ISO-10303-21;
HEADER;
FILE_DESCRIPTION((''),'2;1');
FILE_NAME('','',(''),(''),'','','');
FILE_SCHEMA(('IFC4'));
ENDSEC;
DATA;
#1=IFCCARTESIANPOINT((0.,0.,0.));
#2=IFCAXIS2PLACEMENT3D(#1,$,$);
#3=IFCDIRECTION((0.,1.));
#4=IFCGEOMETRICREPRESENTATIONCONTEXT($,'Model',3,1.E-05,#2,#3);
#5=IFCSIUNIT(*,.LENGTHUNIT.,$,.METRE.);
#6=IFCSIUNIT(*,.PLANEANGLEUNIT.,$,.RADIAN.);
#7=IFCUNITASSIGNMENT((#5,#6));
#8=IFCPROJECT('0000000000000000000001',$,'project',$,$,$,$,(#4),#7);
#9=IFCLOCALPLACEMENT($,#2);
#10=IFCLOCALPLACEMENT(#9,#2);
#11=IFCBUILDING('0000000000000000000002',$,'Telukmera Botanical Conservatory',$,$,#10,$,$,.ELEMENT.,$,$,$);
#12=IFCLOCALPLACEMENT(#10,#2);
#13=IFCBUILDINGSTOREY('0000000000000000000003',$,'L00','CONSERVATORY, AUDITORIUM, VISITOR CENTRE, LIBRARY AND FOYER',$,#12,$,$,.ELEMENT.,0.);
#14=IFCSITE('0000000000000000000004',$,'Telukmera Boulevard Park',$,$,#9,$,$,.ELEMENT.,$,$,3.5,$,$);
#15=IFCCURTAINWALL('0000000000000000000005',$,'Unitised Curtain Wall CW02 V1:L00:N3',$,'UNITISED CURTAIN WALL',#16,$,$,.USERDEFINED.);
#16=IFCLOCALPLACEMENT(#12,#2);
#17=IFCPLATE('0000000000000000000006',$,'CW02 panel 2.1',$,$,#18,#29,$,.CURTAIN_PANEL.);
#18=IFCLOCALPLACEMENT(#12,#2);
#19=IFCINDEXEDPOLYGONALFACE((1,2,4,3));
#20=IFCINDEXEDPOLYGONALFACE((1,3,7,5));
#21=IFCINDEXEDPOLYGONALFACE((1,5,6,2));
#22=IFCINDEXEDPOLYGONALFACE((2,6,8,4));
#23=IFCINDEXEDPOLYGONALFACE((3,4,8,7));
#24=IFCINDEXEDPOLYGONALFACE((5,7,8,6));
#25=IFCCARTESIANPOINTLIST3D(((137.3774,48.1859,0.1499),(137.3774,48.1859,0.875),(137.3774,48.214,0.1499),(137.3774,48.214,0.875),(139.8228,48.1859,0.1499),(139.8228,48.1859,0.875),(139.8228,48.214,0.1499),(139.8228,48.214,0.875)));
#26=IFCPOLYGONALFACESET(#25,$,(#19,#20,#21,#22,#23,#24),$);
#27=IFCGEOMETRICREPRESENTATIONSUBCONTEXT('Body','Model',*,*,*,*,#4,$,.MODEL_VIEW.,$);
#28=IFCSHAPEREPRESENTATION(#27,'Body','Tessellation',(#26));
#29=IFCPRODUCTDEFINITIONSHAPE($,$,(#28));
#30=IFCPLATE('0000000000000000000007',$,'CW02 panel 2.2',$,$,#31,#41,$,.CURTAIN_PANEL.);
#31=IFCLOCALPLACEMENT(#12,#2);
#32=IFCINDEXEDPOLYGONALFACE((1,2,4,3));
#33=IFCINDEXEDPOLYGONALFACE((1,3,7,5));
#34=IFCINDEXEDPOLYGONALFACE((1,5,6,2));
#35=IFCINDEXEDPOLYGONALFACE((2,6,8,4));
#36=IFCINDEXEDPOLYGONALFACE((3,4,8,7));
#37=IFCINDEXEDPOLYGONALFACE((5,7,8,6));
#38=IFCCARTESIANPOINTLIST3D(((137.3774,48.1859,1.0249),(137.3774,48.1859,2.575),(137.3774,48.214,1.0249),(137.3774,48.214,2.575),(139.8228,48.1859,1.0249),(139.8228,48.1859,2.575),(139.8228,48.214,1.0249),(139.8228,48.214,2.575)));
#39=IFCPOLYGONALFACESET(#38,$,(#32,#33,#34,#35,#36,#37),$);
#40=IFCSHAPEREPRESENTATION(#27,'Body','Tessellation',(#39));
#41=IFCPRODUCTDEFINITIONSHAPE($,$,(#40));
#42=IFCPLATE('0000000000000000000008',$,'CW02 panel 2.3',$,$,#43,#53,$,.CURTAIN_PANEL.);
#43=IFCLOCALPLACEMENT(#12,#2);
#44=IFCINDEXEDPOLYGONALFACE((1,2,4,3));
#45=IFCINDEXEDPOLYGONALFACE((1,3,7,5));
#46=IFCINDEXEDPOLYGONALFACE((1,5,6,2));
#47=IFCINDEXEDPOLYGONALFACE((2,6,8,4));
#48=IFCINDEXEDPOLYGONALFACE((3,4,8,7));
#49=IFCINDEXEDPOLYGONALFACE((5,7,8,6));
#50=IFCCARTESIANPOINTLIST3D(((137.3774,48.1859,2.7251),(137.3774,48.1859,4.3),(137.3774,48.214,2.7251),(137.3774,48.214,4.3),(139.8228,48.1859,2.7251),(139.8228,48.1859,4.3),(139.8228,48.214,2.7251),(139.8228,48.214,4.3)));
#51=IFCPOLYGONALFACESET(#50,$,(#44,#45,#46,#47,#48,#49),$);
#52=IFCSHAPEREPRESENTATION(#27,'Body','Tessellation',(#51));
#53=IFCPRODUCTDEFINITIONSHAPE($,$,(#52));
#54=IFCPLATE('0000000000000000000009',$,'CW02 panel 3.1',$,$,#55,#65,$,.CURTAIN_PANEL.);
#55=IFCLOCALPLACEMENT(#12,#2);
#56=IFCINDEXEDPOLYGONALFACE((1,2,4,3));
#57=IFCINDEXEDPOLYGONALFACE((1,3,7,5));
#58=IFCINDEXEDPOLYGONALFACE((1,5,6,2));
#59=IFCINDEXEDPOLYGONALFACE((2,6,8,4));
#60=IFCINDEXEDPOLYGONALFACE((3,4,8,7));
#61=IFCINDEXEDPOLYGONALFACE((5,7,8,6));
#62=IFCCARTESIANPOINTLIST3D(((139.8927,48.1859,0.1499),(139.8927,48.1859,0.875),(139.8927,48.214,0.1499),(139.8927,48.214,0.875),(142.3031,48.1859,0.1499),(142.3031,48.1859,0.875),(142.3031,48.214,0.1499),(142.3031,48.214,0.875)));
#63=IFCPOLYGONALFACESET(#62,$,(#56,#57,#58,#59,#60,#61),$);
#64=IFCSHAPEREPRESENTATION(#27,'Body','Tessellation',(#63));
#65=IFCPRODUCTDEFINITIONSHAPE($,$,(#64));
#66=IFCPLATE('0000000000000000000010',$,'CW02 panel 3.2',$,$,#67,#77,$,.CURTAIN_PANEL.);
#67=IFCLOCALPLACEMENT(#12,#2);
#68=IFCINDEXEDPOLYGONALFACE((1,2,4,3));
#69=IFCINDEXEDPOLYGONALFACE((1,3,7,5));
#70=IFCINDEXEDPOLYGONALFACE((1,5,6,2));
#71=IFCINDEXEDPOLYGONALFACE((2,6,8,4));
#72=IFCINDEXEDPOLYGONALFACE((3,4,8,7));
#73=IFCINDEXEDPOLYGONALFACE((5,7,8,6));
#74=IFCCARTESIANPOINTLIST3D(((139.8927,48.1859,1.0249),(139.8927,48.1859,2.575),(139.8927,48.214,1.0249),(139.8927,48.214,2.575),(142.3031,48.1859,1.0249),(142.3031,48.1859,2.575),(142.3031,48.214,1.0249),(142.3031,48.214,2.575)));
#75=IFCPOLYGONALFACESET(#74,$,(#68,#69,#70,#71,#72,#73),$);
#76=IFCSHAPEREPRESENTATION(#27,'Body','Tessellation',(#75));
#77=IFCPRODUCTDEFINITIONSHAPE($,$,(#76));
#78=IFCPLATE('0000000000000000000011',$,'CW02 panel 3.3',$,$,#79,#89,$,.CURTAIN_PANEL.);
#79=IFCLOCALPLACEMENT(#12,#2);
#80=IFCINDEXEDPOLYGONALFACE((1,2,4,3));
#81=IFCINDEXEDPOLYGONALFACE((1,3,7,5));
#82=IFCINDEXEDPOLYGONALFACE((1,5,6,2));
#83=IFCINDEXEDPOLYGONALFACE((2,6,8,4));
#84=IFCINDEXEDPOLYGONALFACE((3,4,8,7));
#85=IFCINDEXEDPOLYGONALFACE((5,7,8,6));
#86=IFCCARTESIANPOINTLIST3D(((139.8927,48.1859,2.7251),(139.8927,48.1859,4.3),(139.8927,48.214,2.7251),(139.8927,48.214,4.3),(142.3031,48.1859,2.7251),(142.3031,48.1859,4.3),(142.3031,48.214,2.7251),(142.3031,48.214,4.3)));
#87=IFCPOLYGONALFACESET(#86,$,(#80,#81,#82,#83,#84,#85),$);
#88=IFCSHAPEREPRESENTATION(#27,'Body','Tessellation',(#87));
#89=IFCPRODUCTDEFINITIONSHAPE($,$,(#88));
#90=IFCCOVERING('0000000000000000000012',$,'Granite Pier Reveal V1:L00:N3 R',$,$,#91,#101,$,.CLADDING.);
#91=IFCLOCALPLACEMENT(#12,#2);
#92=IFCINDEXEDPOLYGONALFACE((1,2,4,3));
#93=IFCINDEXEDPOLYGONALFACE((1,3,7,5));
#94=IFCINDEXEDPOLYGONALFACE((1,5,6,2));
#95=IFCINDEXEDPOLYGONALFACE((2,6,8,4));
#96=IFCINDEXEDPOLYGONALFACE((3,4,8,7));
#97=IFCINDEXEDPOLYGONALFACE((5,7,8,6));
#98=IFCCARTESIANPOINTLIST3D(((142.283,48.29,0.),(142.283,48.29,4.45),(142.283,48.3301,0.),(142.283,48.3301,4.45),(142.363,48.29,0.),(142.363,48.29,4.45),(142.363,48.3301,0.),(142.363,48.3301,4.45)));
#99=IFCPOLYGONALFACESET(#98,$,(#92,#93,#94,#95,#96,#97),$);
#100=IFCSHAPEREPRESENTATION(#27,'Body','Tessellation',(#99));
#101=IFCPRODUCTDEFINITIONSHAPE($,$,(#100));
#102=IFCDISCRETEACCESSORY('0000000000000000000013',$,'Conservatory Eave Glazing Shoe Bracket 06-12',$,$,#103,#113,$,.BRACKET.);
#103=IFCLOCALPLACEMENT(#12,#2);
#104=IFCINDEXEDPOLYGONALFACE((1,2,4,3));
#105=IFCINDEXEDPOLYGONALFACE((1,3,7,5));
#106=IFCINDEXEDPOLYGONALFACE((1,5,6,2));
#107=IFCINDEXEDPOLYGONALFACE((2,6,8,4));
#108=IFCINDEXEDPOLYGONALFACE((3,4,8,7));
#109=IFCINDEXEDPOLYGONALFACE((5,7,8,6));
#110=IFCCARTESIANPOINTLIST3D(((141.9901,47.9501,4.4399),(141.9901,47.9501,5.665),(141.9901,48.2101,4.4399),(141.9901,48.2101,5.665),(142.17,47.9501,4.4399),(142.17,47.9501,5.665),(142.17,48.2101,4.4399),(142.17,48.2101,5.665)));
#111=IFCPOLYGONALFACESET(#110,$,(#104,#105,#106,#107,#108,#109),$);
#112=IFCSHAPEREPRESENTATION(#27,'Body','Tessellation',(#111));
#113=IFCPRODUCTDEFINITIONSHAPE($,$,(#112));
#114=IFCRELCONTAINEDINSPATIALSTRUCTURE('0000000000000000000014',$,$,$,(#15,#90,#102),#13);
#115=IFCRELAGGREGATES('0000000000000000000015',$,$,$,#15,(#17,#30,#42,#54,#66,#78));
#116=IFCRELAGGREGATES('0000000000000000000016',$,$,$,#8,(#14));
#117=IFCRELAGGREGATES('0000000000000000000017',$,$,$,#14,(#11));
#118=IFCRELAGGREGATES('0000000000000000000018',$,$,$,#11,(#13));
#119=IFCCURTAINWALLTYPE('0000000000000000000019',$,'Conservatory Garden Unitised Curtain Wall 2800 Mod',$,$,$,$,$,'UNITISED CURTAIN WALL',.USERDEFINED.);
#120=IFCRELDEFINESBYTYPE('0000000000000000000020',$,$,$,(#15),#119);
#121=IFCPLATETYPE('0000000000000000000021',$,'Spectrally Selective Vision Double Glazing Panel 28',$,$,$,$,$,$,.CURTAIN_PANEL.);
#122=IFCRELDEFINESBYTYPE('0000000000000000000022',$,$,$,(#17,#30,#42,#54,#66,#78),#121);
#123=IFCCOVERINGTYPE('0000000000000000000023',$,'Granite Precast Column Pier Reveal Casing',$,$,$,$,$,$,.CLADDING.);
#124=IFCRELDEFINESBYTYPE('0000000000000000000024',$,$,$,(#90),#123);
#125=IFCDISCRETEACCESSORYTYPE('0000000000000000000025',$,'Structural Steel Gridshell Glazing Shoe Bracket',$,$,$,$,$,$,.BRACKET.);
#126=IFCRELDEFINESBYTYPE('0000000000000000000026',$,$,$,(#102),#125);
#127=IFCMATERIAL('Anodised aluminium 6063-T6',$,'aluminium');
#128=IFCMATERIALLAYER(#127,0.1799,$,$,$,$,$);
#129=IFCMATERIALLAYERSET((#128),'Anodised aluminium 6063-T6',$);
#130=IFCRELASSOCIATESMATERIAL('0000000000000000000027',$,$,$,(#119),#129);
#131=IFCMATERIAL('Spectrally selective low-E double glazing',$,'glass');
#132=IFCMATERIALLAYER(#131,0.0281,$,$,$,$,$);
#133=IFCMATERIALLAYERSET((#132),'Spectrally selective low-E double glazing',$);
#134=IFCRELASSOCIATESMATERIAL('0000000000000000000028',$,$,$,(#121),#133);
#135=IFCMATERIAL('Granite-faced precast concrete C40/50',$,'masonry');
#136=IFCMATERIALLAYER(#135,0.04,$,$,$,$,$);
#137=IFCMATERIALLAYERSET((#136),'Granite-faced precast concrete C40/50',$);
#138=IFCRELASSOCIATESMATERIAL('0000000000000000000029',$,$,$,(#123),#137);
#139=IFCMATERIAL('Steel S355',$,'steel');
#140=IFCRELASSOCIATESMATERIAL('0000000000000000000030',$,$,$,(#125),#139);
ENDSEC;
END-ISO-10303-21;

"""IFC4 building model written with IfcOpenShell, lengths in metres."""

from ifc_helpers import new_model, si_unit, direction, frame, origin, origin_2d, place, context, subcontext, project, spatial, rectangle, extrude, material, layer, layer_set, type_object, element, aggregate, save


model = new_model("IFC4")

# Units and contexts
model_context = context("Model", 3, precision=1e-05, world=origin(), true_north=direction((0.0, 1.0)))
body_context = subcontext(model_context, "Body", "Model", "MODEL_VIEW")
ifc_project = project(units=[si_unit("LENGTHUNIT", "METRE"), si_unit("PLANEANGLEUNIT", "RADIAN")], contexts=[model_context])

# Site, building, storey
site_placement = place(None, origin())
site = spatial("IfcSite", under=ifc_project, at=site_placement, Name="Telukmera Boulevard Park", CompositionType="ELEMENT", RefElevation=3.5)
building_placement = place(site_placement, origin())
building = spatial("IfcBuilding", under=site, at=building_placement, Name="Telukmera Botanical Conservatory", CompositionType="ELEMENT")
storey_placement = place(building_placement, origin())
storey = spatial("IfcBuildingStorey", under=building, at=storey_placement, Name="L00", Description="CONSERVATORY, AUDITORIUM, VISITOR CENTRE, LIBRARY AND FOYER", CompositionType="ELEMENT", Elevation=0.0)

# Shared definitions
ifc_material_1 = material(Name="Steel S355", Category="steel")

# Curtain wall
ifc_material_2 = material(Name="Anodised aluminium 6063-T6", Category="aluminium")
ifc_layer_1 = layer(ifc_material_2, 0.1799)
ifc_layer_set_1 = layer_set([ifc_layer_1], Name="Anodised aluminium 6063-T6")
curtain_wall_type = type_object("IfcCurtainWallType", Name="Conservatory Garden Unitised Curtain Wall 2800 Mod", ElementType="UNITISED CURTAIN WALL", PredefinedType="USERDEFINED", material=ifc_layer_set_1)
curtain_wall_placement = place(storey_placement, origin())
curtain_wall = element("IfcCurtainWall", 1, at=curtain_wall_placement, inside=storey, type_object=curtain_wall_type, Name="Unitised Curtain Wall CW02 V1:L00:N3", ObjectType="UNITISED CURTAIN WALL", PredefinedType="USERDEFINED")

# Plates
ifc_material_3 = material(Name="Spectrally selective low-E double glazing", Category="glass")
ifc_layer_2 = layer(ifc_material_3, 0.0281)
ifc_layer_set_2 = layer_set([ifc_layer_2], Name="Spectrally selective low-E double glazing")
plate_type_1 = type_object("IfcPlateType", Name="Spectrally Selective Vision Double Glazing Panel 28", PredefinedType="CURTAIN_PANEL", material=ifc_layer_set_2)
plate_1_placement = place(storey_placement, frame((138.6001, 48.2, 0.1499), z_axis=(0.0, 0.0, 1.0), x_axis=(1.0, 0.0, 0.0)))
plate_1 = element("IfcPlate", 2, at=plate_1_placement, type_object=plate_type_1, Name="CW02 panel 2.1", PredefinedType="CURTAIN_PANEL", context=body_context, shape_type="SweptSolid", body=[
    extrude(rectangle(XDim=2.4453, YDim=0.0281, at=origin_2d()), origin(), (0.0, 0.0, 1.0), 0.7251),
])
plate_2_placement = place(storey_placement, frame((138.6001, 48.2, 1.0249), z_axis=(0.0, 0.0, 1.0), x_axis=(1.0, 0.0, 0.0)))
plate_2 = element("IfcPlate", 3, at=plate_2_placement, type_object=plate_type_1, Name="CW02 panel 2.2", PredefinedType="CURTAIN_PANEL", context=body_context, shape_type="SweptSolid", body=[
    extrude(rectangle(XDim=2.4453, YDim=0.0281, at=origin_2d()), origin(), (0.0, 0.0, 1.0), 1.55),
])
plate_3_placement = place(storey_placement, frame((138.6001, 48.2, 2.7251), z_axis=(0.0, 0.0, 1.0), x_axis=(1.0, 0.0, 0.0)))
plate_3 = element("IfcPlate", 4, at=plate_3_placement, type_object=plate_type_1, Name="CW02 panel 2.3", PredefinedType="CURTAIN_PANEL", context=body_context, shape_type="SweptSolid", body=[
    extrude(rectangle(XDim=2.4453, YDim=0.0281, at=origin_2d()), origin(), (0.0, 0.0, 1.0), 1.575),
])
plate_4_placement = place(storey_placement, frame((141.0979, 48.2, 0.1499), z_axis=(0.0, 0.0, 1.0), x_axis=(1.0, 0.0, 0.0)))
plate_4 = element("IfcPlate", 5, at=plate_4_placement, type_object=plate_type_1, Name="CW02 panel 3.1", PredefinedType="CURTAIN_PANEL", context=body_context, shape_type="SweptSolid", body=[
    extrude(rectangle(XDim=2.4104, YDim=0.0281, at=origin_2d()), origin(), (0.0, 0.0, 1.0), 0.7251),
])
plate_5_placement = place(storey_placement, frame((141.0979, 48.2, 1.0249), z_axis=(0.0, 0.0, 1.0), x_axis=(1.0, 0.0, 0.0)))
plate_5 = element("IfcPlate", 6, at=plate_5_placement, type_object=plate_type_1, Name="CW02 panel 3.2", PredefinedType="CURTAIN_PANEL", context=body_context, shape_type="SweptSolid", body=[
    extrude(rectangle(XDim=2.4104, YDim=0.0281, at=origin_2d()), origin(), (0.0, 0.0, 1.0), 1.55),
])
plate_6_placement = place(storey_placement, frame((141.0979, 48.2, 2.7251), z_axis=(0.0, 0.0, 1.0), x_axis=(1.0, 0.0, 0.0)))
plate_6 = element("IfcPlate", 7, at=plate_6_placement, type_object=plate_type_1, Name="CW02 panel 3.3", PredefinedType="CURTAIN_PANEL", context=body_context, shape_type="SweptSolid", body=[
    extrude(rectangle(XDim=2.4104, YDim=0.0281, at=origin_2d()), origin(), (0.0, 0.0, 1.0), 1.575),
])
aggregate(curtain_wall, [plate_1, plate_2, plate_3, plate_4, plate_5, plate_6])

# Covering
ifc_material_4 = material(Name="Granite-faced precast concrete C40/50", Category="masonry")
ifc_layer_3 = layer(ifc_material_4, 0.04)
ifc_layer_set_3 = layer_set([ifc_layer_3], Name="Granite-faced precast concrete C40/50")
covering_type = type_object("IfcCoveringType", Name="Granite Precast Column Pier Reveal Casing", PredefinedType="CLADDING", material=ifc_layer_set_3)
covering_placement = place(storey_placement, frame((142.323, 48.3101, 0.0), z_axis=(0.0, 0.0, 1.0), x_axis=(1.0, 0.0, 0.0)))
element("IfcCovering", 8, at=covering_placement, inside=storey, type_object=covering_type, Name="Granite Pier Reveal V1:L00:N3 R", PredefinedType="CLADDING", context=body_context, shape_type="SweptSolid", body=[
    extrude(rectangle(XDim=0.0801, YDim=0.04, at=origin_2d()), origin(), (0.0, 0.0, 1.0), 4.45),
])

# Discrete accessory
discrete_accessory_type = type_object("IfcDiscreteAccessoryType", Name="Structural Steel Gridshell Glazing Shoe Bracket", PredefinedType="BRACKET", material=ifc_material_1)
discrete_accessory_placement = place(storey_placement, frame((142.0801, 48.0801, 4.4399), z_axis=(0.0, 0.0, 1.0), x_axis=(1.0, 0.0, 0.0)))
element("IfcDiscreteAccessory", 9, at=discrete_accessory_placement, inside=storey, type_object=discrete_accessory_type, Name="Conservatory Eave Glazing Shoe Bracket 06-12", PredefinedType="BRACKET", context=body_context, shape_type="SweptSolid", body=[
    extrude(rectangle(XDim=0.1799, YDim=0.26, at=origin_2d()), origin(), (0.0, 0.0, 1.0), 1.2251),
])

save(model, "model.ifc")
